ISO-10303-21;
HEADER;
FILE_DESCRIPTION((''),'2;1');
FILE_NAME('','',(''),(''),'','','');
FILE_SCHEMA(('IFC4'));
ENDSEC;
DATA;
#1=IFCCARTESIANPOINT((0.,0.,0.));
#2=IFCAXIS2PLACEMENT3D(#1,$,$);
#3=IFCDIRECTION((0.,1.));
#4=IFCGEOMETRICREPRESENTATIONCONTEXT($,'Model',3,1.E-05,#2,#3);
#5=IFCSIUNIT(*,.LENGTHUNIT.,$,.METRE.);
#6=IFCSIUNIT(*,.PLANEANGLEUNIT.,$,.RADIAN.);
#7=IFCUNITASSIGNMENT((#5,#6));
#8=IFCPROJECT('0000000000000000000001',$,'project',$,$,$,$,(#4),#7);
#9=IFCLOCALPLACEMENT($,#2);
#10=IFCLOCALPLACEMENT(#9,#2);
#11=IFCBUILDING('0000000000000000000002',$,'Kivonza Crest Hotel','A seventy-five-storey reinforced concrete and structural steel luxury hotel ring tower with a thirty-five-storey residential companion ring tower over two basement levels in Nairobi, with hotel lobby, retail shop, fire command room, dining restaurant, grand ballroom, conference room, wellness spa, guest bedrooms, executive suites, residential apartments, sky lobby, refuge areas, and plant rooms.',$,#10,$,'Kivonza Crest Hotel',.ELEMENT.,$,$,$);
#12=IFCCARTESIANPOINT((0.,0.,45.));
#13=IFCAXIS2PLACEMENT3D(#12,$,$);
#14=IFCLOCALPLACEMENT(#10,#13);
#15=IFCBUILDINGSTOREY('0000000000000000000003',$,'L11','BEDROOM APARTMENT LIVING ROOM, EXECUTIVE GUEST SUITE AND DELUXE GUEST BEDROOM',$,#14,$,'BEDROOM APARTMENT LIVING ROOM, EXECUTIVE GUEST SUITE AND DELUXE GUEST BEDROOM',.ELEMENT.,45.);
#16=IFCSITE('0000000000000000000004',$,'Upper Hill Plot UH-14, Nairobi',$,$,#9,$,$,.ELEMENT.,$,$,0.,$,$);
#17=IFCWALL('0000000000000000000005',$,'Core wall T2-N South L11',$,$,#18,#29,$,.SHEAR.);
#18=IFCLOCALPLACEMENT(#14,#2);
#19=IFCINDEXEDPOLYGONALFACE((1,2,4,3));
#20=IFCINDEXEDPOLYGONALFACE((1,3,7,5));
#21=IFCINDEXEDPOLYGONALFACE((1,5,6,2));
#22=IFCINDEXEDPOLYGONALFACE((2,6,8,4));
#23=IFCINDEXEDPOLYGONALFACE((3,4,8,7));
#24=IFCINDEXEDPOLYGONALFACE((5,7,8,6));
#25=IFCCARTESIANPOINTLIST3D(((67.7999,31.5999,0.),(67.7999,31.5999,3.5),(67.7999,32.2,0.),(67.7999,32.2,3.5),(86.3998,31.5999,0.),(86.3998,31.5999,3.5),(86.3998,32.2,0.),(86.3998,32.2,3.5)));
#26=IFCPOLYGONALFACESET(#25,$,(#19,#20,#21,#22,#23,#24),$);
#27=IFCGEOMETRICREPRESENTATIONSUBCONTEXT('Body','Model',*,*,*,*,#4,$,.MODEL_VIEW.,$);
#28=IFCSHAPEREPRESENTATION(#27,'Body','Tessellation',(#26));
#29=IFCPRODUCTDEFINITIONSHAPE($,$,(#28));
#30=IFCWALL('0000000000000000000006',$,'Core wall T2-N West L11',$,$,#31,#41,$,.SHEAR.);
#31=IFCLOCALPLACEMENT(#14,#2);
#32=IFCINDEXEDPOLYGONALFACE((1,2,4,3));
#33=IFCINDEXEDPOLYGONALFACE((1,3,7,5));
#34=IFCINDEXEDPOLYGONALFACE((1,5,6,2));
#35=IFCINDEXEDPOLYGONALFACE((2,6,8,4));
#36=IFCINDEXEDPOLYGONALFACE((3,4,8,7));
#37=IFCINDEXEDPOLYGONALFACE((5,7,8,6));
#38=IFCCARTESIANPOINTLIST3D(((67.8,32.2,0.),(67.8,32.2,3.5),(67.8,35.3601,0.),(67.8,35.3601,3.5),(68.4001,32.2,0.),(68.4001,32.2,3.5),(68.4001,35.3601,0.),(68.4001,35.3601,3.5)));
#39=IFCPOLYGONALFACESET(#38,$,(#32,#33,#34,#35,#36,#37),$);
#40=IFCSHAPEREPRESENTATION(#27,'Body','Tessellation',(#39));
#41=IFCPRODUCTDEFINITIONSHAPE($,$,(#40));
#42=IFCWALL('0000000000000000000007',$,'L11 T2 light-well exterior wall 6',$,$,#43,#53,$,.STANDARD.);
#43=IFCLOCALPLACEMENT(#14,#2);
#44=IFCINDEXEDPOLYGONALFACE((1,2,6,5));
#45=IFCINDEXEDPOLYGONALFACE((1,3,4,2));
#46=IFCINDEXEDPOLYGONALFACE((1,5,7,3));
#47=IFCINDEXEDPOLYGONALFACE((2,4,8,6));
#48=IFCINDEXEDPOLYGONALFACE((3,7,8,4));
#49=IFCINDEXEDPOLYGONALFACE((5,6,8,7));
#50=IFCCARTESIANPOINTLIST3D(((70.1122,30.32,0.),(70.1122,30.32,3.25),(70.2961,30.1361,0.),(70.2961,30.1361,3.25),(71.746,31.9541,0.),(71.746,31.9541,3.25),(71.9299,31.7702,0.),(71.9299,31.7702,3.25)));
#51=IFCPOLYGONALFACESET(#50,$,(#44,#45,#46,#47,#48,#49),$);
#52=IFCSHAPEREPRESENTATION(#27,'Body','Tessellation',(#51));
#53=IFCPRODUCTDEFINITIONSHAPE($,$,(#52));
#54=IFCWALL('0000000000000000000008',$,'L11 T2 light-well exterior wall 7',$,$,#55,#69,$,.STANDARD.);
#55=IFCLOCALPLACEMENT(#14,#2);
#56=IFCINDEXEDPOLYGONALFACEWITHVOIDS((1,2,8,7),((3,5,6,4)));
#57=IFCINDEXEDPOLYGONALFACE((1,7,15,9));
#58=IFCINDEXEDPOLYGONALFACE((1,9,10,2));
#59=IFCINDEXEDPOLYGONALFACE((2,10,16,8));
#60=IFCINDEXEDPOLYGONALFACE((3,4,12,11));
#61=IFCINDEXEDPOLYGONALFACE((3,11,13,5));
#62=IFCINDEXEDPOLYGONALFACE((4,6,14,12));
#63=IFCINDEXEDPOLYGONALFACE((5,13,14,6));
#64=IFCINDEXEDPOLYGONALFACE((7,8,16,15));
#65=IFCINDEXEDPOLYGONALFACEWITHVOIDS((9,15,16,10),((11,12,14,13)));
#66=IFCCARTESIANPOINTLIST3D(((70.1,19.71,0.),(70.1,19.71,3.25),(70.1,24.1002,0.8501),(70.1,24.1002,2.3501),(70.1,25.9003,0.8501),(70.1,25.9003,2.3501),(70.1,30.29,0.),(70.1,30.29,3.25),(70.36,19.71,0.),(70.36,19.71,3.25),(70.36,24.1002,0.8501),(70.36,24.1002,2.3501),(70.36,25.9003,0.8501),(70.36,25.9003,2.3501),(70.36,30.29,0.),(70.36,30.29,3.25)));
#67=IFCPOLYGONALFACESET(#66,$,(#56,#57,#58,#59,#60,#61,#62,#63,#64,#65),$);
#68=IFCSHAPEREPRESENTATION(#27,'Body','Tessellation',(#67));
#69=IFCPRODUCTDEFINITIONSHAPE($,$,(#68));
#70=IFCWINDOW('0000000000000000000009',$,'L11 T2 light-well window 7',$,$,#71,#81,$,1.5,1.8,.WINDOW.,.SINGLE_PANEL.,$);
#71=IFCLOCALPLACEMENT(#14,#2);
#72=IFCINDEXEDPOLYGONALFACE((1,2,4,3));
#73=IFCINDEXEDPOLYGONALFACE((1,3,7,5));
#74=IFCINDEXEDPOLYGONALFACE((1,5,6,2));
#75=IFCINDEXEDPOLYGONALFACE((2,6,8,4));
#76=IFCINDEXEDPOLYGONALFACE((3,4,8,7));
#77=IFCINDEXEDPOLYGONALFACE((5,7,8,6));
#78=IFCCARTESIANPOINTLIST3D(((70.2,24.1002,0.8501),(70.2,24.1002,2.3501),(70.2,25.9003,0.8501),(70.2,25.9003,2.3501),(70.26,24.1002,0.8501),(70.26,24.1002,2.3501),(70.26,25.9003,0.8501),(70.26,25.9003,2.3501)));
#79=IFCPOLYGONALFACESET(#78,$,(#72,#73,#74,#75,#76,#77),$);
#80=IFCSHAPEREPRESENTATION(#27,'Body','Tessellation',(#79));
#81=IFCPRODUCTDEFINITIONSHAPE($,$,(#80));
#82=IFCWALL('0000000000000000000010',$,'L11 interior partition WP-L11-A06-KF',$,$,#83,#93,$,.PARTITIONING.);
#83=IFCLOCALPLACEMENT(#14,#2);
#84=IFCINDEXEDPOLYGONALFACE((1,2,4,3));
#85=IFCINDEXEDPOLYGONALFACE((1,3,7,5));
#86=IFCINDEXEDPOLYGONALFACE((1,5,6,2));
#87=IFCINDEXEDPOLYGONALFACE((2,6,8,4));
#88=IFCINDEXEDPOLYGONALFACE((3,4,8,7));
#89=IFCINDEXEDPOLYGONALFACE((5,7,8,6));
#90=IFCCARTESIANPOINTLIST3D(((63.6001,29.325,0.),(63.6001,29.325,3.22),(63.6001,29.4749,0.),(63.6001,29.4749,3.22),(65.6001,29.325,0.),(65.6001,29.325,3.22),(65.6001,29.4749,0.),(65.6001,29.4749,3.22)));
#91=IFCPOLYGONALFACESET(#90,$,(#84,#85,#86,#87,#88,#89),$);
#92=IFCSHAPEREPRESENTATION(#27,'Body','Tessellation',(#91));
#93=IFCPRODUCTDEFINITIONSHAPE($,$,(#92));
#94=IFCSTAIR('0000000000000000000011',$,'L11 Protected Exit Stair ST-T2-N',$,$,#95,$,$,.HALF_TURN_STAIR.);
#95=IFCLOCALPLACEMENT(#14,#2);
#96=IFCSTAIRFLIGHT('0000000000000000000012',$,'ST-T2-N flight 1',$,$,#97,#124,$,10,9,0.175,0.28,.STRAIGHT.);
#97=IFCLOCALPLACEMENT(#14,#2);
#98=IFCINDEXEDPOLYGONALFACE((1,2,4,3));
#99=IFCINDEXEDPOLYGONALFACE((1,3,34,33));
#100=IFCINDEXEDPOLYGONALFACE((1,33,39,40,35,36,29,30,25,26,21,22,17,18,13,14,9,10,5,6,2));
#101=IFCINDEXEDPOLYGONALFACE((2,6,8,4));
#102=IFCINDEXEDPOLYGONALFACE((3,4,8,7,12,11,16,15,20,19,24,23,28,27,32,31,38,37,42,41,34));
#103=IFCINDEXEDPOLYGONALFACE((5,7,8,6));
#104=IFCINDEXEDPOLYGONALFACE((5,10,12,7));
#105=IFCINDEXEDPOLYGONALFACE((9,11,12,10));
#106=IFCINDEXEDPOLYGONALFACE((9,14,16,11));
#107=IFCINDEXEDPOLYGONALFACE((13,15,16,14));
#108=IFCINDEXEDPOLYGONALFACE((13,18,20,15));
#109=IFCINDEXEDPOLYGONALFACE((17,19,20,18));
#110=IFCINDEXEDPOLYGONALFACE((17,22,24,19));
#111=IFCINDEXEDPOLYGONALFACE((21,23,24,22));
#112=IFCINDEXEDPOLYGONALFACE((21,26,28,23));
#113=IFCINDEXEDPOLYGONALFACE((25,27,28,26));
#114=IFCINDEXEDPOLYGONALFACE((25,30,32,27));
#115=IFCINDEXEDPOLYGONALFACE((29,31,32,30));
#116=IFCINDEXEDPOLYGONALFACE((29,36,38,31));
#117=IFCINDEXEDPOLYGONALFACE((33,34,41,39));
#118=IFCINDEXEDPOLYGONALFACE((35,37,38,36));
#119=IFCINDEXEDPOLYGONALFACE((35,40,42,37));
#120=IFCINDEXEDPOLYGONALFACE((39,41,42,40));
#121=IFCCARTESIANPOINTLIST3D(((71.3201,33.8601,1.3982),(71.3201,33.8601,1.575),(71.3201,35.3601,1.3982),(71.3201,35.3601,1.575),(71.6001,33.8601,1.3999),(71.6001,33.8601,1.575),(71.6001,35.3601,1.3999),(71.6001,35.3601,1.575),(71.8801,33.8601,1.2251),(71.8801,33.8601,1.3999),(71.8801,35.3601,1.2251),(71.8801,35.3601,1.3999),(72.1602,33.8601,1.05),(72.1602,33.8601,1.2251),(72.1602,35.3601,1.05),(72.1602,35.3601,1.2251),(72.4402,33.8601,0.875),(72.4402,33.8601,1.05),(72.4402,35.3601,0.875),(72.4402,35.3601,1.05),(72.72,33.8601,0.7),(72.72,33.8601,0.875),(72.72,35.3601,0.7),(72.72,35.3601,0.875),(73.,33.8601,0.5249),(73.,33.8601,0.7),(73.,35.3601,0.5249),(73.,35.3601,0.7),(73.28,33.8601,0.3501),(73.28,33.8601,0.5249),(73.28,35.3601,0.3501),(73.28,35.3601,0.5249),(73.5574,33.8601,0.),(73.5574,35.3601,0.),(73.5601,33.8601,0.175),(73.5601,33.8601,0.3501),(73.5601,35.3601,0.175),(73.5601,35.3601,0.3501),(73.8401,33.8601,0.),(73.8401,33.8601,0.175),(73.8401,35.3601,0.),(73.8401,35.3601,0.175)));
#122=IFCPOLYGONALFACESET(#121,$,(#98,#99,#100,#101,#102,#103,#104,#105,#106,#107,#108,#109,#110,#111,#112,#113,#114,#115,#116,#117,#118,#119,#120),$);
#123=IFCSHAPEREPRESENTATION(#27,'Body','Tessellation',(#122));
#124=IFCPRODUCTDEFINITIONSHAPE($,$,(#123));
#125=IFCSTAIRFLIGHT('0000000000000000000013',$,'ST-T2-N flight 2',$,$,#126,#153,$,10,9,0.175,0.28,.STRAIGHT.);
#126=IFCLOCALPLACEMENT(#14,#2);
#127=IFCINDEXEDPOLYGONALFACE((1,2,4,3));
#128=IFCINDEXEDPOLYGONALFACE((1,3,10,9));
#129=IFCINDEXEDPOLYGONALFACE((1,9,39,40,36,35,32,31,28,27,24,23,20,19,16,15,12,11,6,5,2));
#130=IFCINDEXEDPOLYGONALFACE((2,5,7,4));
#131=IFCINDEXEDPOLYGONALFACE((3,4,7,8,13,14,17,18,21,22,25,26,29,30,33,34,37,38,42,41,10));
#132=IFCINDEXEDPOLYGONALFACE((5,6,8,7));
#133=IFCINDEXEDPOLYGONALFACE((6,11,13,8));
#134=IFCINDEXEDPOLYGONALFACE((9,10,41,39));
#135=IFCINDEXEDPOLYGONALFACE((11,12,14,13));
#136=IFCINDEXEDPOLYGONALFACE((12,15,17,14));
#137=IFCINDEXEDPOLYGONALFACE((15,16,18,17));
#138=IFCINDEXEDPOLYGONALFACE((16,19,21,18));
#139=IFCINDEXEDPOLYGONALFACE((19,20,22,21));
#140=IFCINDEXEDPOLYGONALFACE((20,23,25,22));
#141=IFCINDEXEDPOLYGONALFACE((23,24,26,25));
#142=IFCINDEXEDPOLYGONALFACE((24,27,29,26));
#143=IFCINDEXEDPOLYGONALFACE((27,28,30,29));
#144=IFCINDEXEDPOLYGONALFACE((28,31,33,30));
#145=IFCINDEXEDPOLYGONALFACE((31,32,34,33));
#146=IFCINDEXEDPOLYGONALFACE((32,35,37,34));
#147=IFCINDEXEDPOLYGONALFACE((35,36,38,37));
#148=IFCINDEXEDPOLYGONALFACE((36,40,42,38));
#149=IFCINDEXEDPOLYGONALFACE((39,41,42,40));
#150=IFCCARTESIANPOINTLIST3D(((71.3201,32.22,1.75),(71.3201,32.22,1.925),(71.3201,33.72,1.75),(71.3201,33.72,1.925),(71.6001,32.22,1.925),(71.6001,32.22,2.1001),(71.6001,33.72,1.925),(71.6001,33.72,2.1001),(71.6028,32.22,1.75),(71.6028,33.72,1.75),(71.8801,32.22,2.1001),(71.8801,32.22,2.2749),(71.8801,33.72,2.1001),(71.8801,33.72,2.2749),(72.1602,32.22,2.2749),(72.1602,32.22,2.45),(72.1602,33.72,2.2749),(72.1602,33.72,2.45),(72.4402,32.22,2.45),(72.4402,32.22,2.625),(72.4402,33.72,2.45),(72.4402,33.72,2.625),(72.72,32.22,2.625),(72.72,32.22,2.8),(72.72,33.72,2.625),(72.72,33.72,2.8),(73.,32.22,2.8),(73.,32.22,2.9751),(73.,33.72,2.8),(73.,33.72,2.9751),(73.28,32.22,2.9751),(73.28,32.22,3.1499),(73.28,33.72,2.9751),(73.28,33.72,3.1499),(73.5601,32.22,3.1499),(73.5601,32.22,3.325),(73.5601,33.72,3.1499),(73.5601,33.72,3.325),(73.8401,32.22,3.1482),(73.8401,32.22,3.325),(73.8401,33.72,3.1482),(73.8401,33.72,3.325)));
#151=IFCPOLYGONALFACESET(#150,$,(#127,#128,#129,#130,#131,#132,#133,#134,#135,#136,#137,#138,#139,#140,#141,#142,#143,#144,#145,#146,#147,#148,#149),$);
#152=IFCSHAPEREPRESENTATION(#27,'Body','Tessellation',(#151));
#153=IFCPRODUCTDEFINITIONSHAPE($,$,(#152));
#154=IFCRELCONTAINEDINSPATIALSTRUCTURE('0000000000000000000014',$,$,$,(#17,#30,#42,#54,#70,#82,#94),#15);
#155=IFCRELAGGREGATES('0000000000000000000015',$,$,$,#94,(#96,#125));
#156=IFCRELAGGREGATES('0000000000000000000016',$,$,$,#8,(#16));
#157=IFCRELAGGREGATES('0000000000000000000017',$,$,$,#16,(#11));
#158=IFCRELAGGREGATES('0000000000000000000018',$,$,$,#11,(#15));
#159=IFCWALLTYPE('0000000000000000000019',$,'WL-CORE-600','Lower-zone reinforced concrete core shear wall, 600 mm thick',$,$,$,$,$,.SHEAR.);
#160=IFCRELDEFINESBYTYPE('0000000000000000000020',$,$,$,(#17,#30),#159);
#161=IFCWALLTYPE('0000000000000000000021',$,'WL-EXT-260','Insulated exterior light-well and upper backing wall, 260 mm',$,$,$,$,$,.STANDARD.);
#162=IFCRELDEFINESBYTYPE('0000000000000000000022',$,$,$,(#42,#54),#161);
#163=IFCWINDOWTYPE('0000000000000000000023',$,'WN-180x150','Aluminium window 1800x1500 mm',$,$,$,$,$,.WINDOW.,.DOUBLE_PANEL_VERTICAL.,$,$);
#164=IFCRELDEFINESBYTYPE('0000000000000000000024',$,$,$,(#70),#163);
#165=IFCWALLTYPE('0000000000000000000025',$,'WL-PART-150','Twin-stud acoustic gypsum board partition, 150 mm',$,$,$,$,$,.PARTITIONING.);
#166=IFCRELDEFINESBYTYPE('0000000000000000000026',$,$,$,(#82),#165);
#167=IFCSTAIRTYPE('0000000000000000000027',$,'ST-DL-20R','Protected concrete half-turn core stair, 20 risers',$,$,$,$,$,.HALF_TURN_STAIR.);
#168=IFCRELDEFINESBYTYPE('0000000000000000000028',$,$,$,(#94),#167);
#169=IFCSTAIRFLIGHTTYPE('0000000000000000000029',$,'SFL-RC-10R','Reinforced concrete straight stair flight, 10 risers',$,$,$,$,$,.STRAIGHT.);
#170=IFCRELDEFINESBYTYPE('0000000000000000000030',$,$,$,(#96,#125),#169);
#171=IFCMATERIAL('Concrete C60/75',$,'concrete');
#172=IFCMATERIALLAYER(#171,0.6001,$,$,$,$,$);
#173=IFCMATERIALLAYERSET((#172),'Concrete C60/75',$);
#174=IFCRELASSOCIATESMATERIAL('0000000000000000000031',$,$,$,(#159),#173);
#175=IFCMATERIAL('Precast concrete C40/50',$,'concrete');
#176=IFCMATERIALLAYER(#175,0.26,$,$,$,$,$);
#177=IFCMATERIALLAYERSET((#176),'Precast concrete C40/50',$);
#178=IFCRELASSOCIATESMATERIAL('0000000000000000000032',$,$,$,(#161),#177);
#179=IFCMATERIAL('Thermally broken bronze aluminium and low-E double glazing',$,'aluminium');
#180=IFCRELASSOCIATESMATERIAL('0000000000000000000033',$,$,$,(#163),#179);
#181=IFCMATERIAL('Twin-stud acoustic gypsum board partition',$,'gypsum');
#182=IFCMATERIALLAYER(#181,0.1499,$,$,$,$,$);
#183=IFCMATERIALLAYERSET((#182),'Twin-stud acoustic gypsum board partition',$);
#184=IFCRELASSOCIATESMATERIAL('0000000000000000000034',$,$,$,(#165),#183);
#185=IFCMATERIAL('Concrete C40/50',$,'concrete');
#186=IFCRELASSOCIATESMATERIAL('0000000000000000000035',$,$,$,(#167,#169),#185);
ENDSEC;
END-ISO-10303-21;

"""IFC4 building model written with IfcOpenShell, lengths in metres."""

from ifc_helpers import new_model, si_unit, direction, frame, frame_2d, origin, place, context, subcontext, project, spatial, polyline, rectangle, outline, extrude, material, layer, layer_set, type_object, element, fill, aggregate, save


model = new_model("IFC4")

# Units and contexts
model_context = context("Model", 3, precision=1e-05, world=origin(), true_north=direction((0.0, 1.0)))
body_context = subcontext(model_context, "Body", "Model", "MODEL_VIEW")
ifc_project = project(units=[si_unit("LENGTHUNIT", "METRE"), si_unit("PLANEANGLEUNIT", "RADIAN")], contexts=[model_context])

# Site, building, storey
site_placement = place(None, origin())
site = spatial("IfcSite", under=ifc_project, at=site_placement, Name="Upper Hill Plot UH-14, Nairobi", CompositionType="ELEMENT", RefElevation=0.0)
building_placement = place(site_placement, origin())
building = spatial("IfcBuilding", under=site, at=building_placement, Name="Kivonza Crest Hotel", Description="A seventy-five-storey reinforced concrete and structural steel luxury hotel ring tower with a thirty-five-storey residential companion ring tower over two basement levels in Nairobi, with hotel lobby, retail shop, fire command room, dining restaurant, grand ballroom, conference room, wellness spa, guest bedrooms, executive suites, residential apartments, sky lobby, refuge areas, and plant rooms.", LongName="Kivonza Crest Hotel", CompositionType="ELEMENT")
storey_placement = place(building_placement, frame((0.0, 0.0, 45.0)))
storey = spatial("IfcBuildingStorey", under=building, at=storey_placement, Name="L11", Description="BEDROOM APARTMENT LIVING ROOM, EXECUTIVE GUEST SUITE AND DELUXE GUEST BEDROOM", LongName="BEDROOM APARTMENT LIVING ROOM, EXECUTIVE GUEST SUITE AND DELUXE GUEST BEDROOM", CompositionType="ELEMENT", Elevation=45.0)

# Walls
ifc_material_1 = material(Name="Concrete C60/75", Category="concrete")
ifc_layer_1 = layer(ifc_material_1, 0.6001)
ifc_layer_set_1 = layer_set([ifc_layer_1], Name="Concrete C60/75")
wall_type_1 = type_object("IfcWallType", Name="WL-CORE-600", Description="Lower-zone reinforced concrete core shear wall, 600 mm thick", PredefinedType="SHEAR", material=ifc_layer_set_1)
wall_1_placement = place(storey_placement, frame((67.8, 31.8999, 0.0), z_axis=(0.0, 0.0, 1.0), x_axis=(1.0, 0.0, 0.0)))
element("IfcWall", 1, at=wall_1_placement, inside=storey, type_object=wall_type_1, Name="Core wall T2-N South L11", PredefinedType="SHEAR", context=body_context, shape_type="SweptSolid", body=[
    extrude(rectangle(XDim=18.5999, YDim=0.6001, at=frame_2d((9.2998, 0.0))), origin(), (0.0, 0.0, 1.0), 3.5),
])
wall_2_placement = place(storey_placement, frame((68.1001, 32.2, 0.0), z_axis=(0.0, 0.0, 1.0), x_axis=(0.0, 1.0, 0.0)))
element("IfcWall", 2, at=wall_2_placement, inside=storey, type_object=wall_type_1, Name="Core wall T2-N West L11", PredefinedType="SHEAR", context=body_context, shape_type="SweptSolid", body=[
    extrude(rectangle(XDim=3.1602, YDim=0.6001, at=frame_2d((1.5801, 0.0))), origin(), (0.0, 0.0, 1.0), 3.5),
])
ifc_material_2 = material(Name="Precast concrete C40/50", Category="concrete")
ifc_layer_2 = layer(ifc_material_2, 0.26)
ifc_layer_set_2 = layer_set([ifc_layer_2], Name="Precast concrete C40/50")
wall_type_2 = type_object("IfcWallType", Name="WL-EXT-260", Description="Insulated exterior light-well and upper backing wall, 260 mm", PredefinedType="STANDARD", material=ifc_layer_set_2)
wall_3_placement = place(storey_placement, frame((71.8379, 31.8621, 0.0), z_axis=(0.0, 0.0, 1.0), x_axis=(-0.707054, -0.70716, 0.0)))
element("IfcWall", 3, at=wall_3_placement, inside=storey, type_object=wall_type_2, Name="L11 T2 light-well exterior wall 6", PredefinedType="STANDARD", context=body_context, shape_type="SweptSolid", body=[
    extrude(rectangle(XDim=2.3108, YDim=0.26, at=frame_2d((1.1553, 0.0))), origin(), (0.0, 0.0, 1.0), 3.25),
])

# Wall, opening, window
wall_4_placement = place(storey_placement, frame((70.23, 30.29, 0.0), z_axis=(0.0, 0.0, 1.0), x_axis=(0.0, -1.0, 0.0)))
wall_4 = element("IfcWall", 4, at=wall_4_placement, inside=storey, type_object=wall_type_2, Name="L11 T2 light-well exterior wall 7", PredefinedType="STANDARD", context=body_context, shape_type="SweptSolid", body=[
    extrude(rectangle(XDim=10.5801, YDim=0.26, at=frame_2d((5.29, 0.0))), origin(), (0.0, 0.0, 1.0), 3.25),
])
opening_1_placement = place(wall_4_placement, frame((4.3899, 0.0, 0.8501)))
opening_1 = element("IfcOpeningElement", 5, at=opening_1_placement, cuts=wall_4, PredefinedType="OPENING", context=body_context, shape_type="SweptSolid", body=[
    extrude(rectangle(XDim=1.8, YDim=1.5, at=frame_2d((0.8999, 0.75))), frame((0.0, 0.1401, 0.0), z_axis=(0.0, -1.0, 0.0), x_axis=(1.0, 0.0, 0.0)), (0.0, 0.0, 1.0), 0.28),
])
ifc_material_3 = material(Name="Thermally broken bronze aluminium and low-E double glazing", Category="aluminium")
window_type = type_object("IfcWindowType", Name="WN-180x150", Description="Aluminium window 1800x1500 mm", PartitioningType="DOUBLE_PANEL_VERTICAL", PredefinedType="WINDOW", material=ifc_material_3)
window_placement = place(opening_1_placement, origin())
window = element("IfcWindow", 6, at=window_placement, inside=storey, type_object=window_type, Name="L11 T2 light-well window 7", OverallHeight=1.5, OverallWidth=1.8, PartitioningType="SINGLE_PANEL", PredefinedType="WINDOW", context=body_context, shape_type="SweptSolid", body=[
    extrude(rectangle(XDim=1.8, YDim=1.5, at=frame_2d((0.8999, 0.75))), frame((0.0, 0.03, 0.0), z_axis=(0.0, -1.0, 0.0), x_axis=(1.0, 0.0, 0.0)), (0.0, 0.0, 1.0), 0.0601),
])
fill(opening_1, window)

# Wall
ifc_material_4 = material(Name="Twin-stud acoustic gypsum board partition", Category="gypsum")
ifc_layer_3 = layer(ifc_material_4, 0.1499)
ifc_layer_set_3 = layer_set([ifc_layer_3], Name="Twin-stud acoustic gypsum board partition")
wall_type_3 = type_object("IfcWallType", Name="WL-PART-150", Description="Twin-stud acoustic gypsum board partition, 150 mm", PredefinedType="PARTITIONING", material=ifc_layer_set_3)
wall_5_placement = place(storey_placement, frame((63.6001, 29.3999, 0.0), z_axis=(0.0, 0.0, 1.0), x_axis=(1.0, 0.0, 0.0)))
element("IfcWall", 7, at=wall_5_placement, inside=storey, type_object=wall_type_3, Name="L11 interior partition WP-L11-A06-KF", PredefinedType="PARTITIONING", context=body_context, shape_type="SweptSolid", body=[
    extrude(rectangle(XDim=2.0, YDim=0.1499, at=frame_2d((1.0, 0.0))), origin(), (0.0, 0.0, 1.0), 3.22),
])

# Stair, stair flights
ifc_material_5 = material(Name="Concrete C40/50", Category="concrete")
stair_type = type_object("IfcStairType", Name="ST-DL-20R", Description="Protected concrete half-turn core stair, 20 risers", PredefinedType="HALF_TURN_STAIR", material=ifc_material_5)
stair_placement = place(storey_placement, origin())
stair = element("IfcStair", 8, at=stair_placement, inside=storey, type_object=stair_type, Name="L11 Protected Exit Stair ST-T2-N", PredefinedType="HALF_TURN_STAIR")
stair_flight_type = type_object("IfcStairFlightType", Name="SFL-RC-10R", Description="Reinforced concrete straight stair flight, 10 risers", PredefinedType="STRAIGHT", material=ifc_material_5)
stair_flight_1_placement = place(storey_placement, frame((73.8401, 34.6101, 0.0), z_axis=(0.0, 0.0, 1.0), x_axis=(-1.0, 0.0, 0.0)))
stair_flight_1 = element("IfcStairFlight", 9, at=stair_flight_1_placement, type_object=stair_flight_type, Name="ST-T2-N flight 1", NumberOfRisers=10, NumberOfTreads=9, PredefinedType="STRAIGHT", RiserHeight=0.175, TreadLength=0.28, context=body_context, shape_type="SweptSolid", body=[
    extrude(outline(polyline([(0.0, 0.0), (0.0, 0.175), (0.28, 0.175), (0.28, 0.3501), (0.5601, 0.3501), (0.5601, 0.5249), (0.8401, 0.5249), (0.8401, 0.7), (1.1201, 0.7), (1.1201, 0.875), (1.3999, 0.875), (1.3999, 1.05), (1.6799, 1.05), (1.6799, 1.2251), (1.96, 1.2251), (1.96, 1.3999), (2.24, 1.3999), (2.24, 1.575), (2.52, 1.575), (2.52, 1.75), (2.52, 1.3982), (0.2827, 0.0), (0.0, 0.0)])), frame((0.0, 0.75, 0.0), z_axis=(0.0, -1.0, 0.0), x_axis=(1.0, 0.0, 0.0)), (0.0, 0.0, 1.0), 1.5),
])
stair_flight_2_placement = place(storey_placement, frame((71.3201, 32.97, 1.75), z_axis=(0.0, 0.0, 1.0), x_axis=(1.0, 0.0, 0.0)))
stair_flight_2 = element("IfcStairFlight", 10, at=stair_flight_2_placement, type_object=stair_flight_type, Name="ST-T2-N flight 2", NumberOfRisers=10, NumberOfTreads=9, PredefinedType="STRAIGHT", RiserHeight=0.175, TreadLength=0.28, context=body_context, shape_type="SweptSolid", body=[
    extrude(outline(polyline([(0.0, 0.0), (0.0, 0.175), (0.28, 0.175), (0.28, 0.3501), (0.5601, 0.3501), (0.5601, 0.5249), (0.8401, 0.5249), (0.8401, 0.7), (1.1201, 0.7), (1.1201, 0.875), (1.3999, 0.875), (1.3999, 1.05), (1.6799, 1.05), (1.6799, 1.2251), (1.96, 1.2251), (1.96, 1.3999), (2.24, 1.3999), (2.24, 1.575), (2.52, 1.575), (2.52, 1.75), (2.52, 1.3982), (0.2827, 0.0), (0.0, 0.0)])), frame((0.0, 0.75, 0.0), z_axis=(0.0, -1.0, 0.0), x_axis=(1.0, 0.0, 0.0)), (0.0, 0.0, 1.0), 1.5),
])
aggregate(stair, [stair_flight_1, stair_flight_2])

save(model, "model.ifc")
